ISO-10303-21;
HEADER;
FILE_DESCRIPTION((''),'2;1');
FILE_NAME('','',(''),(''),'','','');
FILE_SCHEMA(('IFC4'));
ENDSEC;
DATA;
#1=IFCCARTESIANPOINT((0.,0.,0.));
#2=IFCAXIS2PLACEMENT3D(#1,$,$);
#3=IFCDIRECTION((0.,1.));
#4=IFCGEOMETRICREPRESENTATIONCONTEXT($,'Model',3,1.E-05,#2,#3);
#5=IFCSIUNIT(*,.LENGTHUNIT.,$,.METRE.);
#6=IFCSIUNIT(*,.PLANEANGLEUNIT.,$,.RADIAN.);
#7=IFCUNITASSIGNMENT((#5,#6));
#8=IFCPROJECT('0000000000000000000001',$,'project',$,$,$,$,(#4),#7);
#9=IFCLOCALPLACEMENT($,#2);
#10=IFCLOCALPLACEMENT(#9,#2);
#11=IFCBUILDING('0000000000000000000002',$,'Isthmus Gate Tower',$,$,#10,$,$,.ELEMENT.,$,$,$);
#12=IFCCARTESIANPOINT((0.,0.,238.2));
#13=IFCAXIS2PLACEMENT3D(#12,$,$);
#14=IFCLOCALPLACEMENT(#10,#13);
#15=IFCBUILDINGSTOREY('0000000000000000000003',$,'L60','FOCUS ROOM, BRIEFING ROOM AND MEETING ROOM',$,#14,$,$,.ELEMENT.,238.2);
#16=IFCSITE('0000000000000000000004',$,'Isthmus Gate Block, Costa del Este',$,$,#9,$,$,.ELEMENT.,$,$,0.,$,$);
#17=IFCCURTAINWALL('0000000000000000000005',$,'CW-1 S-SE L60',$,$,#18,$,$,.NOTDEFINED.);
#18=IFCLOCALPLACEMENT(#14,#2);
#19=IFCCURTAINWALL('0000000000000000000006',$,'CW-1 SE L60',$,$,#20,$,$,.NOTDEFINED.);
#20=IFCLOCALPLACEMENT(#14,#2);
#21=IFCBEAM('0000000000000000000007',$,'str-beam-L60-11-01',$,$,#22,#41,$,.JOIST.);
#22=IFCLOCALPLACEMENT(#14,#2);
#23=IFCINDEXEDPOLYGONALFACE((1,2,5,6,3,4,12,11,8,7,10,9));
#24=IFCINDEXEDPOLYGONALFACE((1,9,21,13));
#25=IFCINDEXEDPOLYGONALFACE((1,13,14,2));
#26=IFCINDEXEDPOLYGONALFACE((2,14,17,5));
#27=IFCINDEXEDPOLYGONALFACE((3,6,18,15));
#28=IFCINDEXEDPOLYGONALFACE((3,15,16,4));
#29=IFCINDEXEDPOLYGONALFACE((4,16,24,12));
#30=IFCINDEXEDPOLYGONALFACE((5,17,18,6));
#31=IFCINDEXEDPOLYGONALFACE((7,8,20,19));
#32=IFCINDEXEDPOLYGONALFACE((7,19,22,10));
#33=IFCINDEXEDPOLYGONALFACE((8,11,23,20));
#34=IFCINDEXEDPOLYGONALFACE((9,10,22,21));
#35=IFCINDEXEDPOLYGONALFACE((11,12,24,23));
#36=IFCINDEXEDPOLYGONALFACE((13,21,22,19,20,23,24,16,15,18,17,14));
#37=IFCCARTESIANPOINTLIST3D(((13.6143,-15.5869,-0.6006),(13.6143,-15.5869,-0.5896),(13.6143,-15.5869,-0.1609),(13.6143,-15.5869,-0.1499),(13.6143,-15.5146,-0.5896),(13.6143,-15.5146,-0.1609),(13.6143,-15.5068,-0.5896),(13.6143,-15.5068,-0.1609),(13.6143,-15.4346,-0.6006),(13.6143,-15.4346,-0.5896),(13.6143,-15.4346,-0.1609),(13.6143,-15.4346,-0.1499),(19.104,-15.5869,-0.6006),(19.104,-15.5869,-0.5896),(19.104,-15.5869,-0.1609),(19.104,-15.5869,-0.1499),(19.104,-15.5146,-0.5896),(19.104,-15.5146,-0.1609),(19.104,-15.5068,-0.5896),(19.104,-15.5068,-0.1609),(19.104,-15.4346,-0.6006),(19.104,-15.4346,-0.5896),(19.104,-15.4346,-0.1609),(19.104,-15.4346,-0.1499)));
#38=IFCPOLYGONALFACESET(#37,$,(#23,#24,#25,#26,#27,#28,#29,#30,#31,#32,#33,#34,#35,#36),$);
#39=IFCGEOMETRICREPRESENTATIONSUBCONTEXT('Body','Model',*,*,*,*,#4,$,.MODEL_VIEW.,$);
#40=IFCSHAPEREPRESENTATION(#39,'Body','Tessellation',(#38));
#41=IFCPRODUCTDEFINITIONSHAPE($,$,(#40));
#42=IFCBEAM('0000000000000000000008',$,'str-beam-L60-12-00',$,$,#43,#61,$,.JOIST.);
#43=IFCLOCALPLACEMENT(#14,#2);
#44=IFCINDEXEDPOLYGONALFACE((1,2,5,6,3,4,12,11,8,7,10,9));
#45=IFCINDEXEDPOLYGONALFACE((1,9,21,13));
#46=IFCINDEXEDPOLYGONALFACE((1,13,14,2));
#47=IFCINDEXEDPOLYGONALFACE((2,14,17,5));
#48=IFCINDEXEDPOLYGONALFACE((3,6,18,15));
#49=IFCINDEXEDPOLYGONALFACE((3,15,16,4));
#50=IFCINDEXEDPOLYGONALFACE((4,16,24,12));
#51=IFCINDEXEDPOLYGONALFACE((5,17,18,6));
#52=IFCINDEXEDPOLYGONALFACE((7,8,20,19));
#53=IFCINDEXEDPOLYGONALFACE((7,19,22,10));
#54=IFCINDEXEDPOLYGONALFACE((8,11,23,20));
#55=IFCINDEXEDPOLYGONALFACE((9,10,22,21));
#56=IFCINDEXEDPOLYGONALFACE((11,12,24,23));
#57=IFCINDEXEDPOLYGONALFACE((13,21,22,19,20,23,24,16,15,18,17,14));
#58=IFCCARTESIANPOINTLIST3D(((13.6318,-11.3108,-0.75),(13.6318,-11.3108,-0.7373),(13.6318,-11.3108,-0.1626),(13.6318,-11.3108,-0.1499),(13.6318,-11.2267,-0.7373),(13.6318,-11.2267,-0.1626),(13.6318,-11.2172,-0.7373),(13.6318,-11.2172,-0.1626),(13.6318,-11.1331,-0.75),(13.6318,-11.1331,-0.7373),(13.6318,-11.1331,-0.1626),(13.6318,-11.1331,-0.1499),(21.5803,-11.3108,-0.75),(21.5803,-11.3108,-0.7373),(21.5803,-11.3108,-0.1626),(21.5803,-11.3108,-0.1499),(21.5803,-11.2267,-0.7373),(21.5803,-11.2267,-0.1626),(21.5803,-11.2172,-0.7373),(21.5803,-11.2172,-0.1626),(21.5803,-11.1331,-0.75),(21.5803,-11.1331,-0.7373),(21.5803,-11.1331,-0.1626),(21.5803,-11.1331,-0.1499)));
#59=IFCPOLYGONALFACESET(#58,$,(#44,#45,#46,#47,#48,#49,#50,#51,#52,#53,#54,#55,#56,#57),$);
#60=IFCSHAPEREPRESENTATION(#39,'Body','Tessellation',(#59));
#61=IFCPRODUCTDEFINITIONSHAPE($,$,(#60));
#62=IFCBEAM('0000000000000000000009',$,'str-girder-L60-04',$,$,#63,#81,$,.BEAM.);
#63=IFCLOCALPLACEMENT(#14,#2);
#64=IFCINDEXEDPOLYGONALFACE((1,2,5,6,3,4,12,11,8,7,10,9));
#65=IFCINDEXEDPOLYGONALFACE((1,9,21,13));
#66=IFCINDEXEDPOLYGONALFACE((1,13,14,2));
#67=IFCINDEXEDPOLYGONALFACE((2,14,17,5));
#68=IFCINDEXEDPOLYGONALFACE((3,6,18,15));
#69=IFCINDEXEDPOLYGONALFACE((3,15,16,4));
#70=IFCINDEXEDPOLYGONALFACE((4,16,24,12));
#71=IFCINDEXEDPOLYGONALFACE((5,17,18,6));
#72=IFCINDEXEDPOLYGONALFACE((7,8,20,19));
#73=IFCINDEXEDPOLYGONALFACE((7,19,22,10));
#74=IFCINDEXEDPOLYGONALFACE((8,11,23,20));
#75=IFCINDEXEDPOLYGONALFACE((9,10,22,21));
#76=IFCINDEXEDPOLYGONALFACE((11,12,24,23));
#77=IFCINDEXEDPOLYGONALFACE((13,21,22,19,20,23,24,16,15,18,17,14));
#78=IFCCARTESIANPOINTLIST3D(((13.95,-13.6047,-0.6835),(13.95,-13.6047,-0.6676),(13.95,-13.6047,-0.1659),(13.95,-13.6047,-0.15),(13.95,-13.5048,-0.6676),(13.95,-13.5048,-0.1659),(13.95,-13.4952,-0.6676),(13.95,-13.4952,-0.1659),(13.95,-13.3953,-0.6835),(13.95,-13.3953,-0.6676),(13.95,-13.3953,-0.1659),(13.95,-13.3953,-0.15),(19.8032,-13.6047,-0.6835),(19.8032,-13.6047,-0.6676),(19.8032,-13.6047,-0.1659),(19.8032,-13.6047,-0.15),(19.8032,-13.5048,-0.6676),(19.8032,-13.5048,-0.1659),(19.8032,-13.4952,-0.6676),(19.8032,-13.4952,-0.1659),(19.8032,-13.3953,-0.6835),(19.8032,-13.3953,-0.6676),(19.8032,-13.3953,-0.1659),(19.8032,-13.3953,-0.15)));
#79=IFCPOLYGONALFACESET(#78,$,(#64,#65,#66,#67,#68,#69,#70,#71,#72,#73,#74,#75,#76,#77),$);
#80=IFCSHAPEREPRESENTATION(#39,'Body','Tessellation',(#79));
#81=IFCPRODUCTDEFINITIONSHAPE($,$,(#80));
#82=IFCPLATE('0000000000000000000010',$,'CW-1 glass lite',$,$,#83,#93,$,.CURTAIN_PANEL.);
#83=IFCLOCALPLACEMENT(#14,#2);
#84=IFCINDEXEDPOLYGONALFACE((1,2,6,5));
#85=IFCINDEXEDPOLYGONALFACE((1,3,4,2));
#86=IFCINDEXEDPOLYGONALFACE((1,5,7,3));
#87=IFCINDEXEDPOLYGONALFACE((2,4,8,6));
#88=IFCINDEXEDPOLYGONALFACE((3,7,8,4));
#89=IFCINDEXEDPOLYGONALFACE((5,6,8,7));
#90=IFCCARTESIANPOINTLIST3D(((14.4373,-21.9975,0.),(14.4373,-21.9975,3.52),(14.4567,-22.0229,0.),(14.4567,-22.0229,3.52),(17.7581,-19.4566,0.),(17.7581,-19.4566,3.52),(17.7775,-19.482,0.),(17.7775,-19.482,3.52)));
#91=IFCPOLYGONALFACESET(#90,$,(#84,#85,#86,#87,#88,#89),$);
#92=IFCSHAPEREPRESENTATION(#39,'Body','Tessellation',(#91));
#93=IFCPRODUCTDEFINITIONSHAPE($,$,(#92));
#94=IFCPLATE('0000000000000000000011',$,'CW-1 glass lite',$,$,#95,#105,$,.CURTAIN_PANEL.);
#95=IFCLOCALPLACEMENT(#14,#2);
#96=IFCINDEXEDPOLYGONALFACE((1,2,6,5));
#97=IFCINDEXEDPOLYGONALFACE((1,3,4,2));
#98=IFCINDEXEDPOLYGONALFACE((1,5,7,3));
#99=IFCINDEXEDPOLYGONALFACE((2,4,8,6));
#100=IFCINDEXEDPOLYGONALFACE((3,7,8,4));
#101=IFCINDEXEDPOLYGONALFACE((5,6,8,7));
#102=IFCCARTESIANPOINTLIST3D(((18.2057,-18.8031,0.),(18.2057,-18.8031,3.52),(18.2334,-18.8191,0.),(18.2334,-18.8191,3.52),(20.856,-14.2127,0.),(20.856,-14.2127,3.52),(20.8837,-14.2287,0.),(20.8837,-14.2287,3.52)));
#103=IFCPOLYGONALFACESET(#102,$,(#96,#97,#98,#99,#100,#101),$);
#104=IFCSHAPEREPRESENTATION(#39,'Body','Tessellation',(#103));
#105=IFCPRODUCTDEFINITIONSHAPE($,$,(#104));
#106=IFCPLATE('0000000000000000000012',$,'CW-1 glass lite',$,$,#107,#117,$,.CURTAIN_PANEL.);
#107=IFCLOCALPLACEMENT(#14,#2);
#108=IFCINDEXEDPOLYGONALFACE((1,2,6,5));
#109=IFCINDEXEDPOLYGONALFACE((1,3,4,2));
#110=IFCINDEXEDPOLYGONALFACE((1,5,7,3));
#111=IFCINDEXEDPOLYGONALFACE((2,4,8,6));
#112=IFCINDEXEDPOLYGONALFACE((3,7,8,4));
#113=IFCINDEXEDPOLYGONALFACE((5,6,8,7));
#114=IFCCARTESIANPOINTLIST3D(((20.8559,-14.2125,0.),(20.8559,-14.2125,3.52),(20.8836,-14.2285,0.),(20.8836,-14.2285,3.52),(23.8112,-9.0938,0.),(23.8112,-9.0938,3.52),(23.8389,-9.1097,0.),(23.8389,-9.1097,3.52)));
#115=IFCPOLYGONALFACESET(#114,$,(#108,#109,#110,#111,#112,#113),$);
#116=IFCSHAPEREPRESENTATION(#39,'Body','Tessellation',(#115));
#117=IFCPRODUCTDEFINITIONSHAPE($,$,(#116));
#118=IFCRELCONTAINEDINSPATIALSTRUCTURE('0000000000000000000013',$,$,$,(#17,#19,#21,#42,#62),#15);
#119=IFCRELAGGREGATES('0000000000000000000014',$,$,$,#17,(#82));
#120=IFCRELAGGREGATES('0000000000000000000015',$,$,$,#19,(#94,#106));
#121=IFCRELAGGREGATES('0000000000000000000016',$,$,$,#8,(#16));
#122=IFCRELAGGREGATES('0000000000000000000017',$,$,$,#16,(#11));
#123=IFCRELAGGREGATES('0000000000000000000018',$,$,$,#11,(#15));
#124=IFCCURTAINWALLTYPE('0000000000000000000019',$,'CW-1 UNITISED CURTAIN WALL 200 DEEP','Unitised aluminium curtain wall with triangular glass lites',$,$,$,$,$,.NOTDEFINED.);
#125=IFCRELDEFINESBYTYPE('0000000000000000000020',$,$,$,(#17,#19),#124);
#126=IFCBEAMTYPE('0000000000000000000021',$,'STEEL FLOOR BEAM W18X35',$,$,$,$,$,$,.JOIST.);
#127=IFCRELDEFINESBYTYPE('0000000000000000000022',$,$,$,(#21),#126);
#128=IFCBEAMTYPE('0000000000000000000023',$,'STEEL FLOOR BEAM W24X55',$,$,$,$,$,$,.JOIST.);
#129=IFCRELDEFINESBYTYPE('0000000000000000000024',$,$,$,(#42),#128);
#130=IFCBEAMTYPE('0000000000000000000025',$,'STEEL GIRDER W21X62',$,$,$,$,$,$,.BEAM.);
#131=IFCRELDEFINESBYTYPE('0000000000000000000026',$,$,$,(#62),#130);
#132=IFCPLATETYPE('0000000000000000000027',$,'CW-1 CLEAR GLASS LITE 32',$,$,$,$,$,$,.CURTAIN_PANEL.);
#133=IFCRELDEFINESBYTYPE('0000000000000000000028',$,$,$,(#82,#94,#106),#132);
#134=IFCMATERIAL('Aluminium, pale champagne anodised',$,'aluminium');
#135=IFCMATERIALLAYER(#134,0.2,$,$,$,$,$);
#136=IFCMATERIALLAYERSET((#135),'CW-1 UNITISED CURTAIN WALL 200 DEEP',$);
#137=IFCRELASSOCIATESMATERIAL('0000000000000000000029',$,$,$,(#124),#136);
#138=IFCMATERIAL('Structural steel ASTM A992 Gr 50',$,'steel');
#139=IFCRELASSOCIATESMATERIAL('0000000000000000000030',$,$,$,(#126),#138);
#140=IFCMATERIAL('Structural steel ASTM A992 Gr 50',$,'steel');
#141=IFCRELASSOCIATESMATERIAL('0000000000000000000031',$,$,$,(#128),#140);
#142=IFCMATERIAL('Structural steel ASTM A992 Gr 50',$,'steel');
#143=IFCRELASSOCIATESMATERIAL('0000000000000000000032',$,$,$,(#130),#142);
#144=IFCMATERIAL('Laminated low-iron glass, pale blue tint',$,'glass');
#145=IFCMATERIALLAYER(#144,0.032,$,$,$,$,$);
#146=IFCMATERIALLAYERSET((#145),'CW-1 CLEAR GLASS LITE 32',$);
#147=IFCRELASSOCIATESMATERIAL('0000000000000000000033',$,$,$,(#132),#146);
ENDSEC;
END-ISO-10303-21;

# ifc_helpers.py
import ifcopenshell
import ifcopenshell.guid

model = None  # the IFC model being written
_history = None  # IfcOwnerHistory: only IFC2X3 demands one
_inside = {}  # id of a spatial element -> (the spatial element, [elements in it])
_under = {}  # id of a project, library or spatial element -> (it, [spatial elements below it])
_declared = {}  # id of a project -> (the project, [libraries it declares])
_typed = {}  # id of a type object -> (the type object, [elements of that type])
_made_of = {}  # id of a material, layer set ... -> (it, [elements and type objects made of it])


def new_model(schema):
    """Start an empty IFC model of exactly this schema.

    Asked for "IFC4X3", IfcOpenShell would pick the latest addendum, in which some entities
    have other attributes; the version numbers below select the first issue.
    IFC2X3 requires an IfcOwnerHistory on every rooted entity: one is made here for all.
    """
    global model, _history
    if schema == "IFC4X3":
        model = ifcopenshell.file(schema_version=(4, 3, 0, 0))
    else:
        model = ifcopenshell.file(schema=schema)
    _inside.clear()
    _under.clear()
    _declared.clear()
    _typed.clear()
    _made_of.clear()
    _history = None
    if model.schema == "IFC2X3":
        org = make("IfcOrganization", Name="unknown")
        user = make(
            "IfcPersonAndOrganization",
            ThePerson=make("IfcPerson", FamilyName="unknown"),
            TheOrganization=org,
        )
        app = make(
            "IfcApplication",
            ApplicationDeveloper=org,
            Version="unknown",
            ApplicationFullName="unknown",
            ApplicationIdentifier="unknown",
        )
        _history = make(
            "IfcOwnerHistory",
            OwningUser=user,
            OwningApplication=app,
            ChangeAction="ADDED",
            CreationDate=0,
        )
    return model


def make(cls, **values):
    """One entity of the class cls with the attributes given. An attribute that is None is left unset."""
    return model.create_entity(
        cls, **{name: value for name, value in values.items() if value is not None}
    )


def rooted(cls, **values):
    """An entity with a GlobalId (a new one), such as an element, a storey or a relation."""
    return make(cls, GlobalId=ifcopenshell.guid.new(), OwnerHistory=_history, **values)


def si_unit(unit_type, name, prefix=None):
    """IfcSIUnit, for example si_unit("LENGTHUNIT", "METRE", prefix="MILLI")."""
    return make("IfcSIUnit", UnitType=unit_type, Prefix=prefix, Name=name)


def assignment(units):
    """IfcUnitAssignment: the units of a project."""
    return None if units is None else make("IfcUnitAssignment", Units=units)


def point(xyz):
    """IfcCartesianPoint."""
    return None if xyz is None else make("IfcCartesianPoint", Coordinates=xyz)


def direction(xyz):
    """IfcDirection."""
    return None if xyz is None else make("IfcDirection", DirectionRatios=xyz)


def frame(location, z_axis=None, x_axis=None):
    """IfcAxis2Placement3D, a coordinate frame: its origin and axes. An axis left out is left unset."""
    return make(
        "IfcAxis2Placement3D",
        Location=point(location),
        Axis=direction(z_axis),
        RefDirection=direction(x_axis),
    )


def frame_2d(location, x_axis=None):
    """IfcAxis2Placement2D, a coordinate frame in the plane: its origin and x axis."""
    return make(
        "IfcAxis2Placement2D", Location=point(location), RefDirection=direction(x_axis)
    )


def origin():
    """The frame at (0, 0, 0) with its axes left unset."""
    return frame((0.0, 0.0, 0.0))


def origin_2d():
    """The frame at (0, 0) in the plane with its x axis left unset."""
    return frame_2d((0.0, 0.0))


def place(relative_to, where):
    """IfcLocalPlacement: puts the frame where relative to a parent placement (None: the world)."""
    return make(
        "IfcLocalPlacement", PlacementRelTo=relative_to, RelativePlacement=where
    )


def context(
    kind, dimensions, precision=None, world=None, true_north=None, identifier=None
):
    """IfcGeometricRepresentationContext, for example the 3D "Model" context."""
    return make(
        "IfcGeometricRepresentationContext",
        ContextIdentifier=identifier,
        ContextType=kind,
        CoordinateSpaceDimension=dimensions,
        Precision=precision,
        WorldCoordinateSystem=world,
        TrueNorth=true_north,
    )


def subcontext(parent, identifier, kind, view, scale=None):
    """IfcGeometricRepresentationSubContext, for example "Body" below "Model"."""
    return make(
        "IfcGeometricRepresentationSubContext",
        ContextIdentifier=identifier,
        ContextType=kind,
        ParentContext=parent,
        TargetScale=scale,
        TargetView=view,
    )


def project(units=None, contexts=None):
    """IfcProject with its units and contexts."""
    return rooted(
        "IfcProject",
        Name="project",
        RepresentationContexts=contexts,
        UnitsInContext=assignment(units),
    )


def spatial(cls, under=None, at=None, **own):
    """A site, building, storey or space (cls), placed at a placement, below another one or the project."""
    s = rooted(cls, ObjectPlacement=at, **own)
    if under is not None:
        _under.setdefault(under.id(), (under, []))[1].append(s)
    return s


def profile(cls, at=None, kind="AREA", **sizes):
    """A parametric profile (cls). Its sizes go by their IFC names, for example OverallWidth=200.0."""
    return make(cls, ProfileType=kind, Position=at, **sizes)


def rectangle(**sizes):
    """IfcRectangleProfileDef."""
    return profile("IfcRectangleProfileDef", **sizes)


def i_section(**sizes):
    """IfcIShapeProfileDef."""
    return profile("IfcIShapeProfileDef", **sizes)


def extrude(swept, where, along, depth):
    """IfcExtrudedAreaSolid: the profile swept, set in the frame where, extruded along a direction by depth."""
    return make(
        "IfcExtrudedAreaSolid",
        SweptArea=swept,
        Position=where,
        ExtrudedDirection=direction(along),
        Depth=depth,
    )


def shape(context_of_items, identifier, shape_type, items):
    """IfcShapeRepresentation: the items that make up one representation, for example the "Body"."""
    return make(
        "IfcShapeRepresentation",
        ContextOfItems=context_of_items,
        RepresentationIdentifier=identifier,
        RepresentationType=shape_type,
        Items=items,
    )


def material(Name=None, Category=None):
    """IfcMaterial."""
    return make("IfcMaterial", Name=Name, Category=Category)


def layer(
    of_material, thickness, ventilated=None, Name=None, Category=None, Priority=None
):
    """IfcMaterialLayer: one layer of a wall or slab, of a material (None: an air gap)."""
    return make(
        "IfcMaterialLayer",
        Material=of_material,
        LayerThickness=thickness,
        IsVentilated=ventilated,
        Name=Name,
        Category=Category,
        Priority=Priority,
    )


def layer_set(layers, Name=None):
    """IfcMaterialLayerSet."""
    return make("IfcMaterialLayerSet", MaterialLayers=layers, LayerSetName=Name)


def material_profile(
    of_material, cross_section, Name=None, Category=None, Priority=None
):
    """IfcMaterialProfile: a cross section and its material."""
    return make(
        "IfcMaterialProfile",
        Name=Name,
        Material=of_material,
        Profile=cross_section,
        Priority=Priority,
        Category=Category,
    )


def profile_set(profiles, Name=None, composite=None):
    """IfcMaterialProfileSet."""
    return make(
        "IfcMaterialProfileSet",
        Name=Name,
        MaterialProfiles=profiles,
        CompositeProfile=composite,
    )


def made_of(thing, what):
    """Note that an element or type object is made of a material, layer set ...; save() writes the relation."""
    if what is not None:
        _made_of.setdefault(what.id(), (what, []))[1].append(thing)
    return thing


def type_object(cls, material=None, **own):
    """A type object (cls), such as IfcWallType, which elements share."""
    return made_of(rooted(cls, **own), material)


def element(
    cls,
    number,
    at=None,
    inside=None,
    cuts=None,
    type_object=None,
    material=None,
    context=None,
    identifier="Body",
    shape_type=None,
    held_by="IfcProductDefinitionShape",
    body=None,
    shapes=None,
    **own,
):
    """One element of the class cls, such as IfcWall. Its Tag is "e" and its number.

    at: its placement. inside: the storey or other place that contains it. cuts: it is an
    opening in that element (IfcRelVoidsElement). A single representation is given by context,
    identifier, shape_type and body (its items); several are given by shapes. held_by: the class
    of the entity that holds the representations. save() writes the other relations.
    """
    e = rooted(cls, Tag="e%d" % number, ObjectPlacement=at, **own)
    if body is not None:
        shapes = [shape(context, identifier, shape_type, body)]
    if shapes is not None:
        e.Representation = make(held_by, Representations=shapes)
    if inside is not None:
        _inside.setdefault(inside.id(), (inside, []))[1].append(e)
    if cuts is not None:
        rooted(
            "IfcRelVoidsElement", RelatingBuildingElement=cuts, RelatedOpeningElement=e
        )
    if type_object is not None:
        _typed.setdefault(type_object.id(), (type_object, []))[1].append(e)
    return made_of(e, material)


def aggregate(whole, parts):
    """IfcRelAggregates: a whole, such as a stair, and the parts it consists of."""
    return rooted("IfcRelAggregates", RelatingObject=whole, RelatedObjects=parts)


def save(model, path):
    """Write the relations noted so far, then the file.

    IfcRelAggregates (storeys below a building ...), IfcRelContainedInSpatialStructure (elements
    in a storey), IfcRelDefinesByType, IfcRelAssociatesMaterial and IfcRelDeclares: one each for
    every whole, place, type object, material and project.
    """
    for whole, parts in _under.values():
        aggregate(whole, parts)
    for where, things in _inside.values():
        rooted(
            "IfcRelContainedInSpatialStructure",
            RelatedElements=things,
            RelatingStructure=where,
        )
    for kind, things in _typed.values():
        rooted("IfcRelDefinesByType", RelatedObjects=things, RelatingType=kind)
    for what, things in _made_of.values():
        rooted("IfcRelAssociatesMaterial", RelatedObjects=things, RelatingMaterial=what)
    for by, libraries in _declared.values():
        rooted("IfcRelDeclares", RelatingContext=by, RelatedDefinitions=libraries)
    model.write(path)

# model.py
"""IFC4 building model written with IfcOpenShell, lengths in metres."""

from ifc_helpers import new_model, si_unit, direction, frame, origin, origin_2d, place, context, subcontext, project, spatial, rectangle, i_section, extrude, material, layer, layer_set, material_profile, profile_set, type_object, element, aggregate, save


model = new_model("IFC4")

# Units and contexts
model_context = context("Model", 3, precision=1e-05, world=origin(), true_north=direction((0.0, 1.0)))
body_context = subcontext(model_context, "Body", "Model", "MODEL_VIEW")
ifc_project = project(units=[si_unit("LENGTHUNIT", "METRE"), si_unit("PLANEANGLEUNIT", "RADIAN")], contexts=[model_context])

# Site, building, storey
site_placement = place(None, origin())
site = spatial("IfcSite", under=ifc_project, at=site_placement, Name="Isthmus Gate Block, Costa del Este", CompositionType="ELEMENT", RefElevation=0.0)
building_placement = place(site_placement, origin())
building = spatial("IfcBuilding", under=site, at=building_placement, Name="Isthmus Gate Tower", CompositionType="ELEMENT")
storey_placement = place(building_placement, frame((0.0, 0.0, 238.2)))
storey = spatial("IfcBuildingStorey", under=building, at=storey_placement, Name="L60", Description="FOCUS ROOM, BRIEFING ROOM AND MEETING ROOM", CompositionType="ELEMENT", Elevation=238.2)

# Curtain wall
ifc_material_1 = material(Name="Aluminium, pale champagne anodised", Category="aluminium")
ifc_layer_1 = layer(ifc_material_1, 0.2)
ifc_layer_set_1 = layer_set([ifc_layer_1], Name="CW-1 UNITISED CURTAIN WALL 200 DEEP")
curtain_wall_type = type_object("IfcCurtainWallType", Name="CW-1 UNITISED CURTAIN WALL 200 DEEP", Description="Unitised aluminium curtain wall with triangular glass lites", PredefinedType="NOTDEFINED", material=ifc_layer_set_1)
curtain_wall_1_placement = place(storey_placement, origin())
curtain_wall_1 = element("IfcCurtainWall", 1, at=curtain_wall_1_placement, inside=storey, type_object=curtain_wall_type, Name="CW-1 S-SE L60", PredefinedType="NOTDEFINED")

# Curtain wall
curtain_wall_2_placement = place(storey_placement, origin())
curtain_wall_2 = element("IfcCurtainWall", 2, at=curtain_wall_2_placement, inside=storey, type_object=curtain_wall_type, Name="CW-1 SE L60", PredefinedType="NOTDEFINED")

# Beams
ifc_material_2 = material(Name="Structural steel ASTM A992 Gr 50", Category="steel")
ifc_material_profile_1 = material_profile(ifc_material_2, i_section(OverallWidth=0.1523, OverallDepth=0.4507, WebThickness=0.0078, FlangeThickness=0.011, at=origin_2d()), Name="W18X35")
ifc_profile_set_1 = profile_set([ifc_material_profile_1], Name="Structural steel ASTM A992 Gr 50")
beam_type_1 = type_object("IfcBeamType", Name="STEEL FLOOR BEAM W18X35", PredefinedType="JOIST", material=ifc_profile_set_1)
beam_1_placement = place(storey_placement, frame((13.6143, -15.5107, -0.3752), z_axis=(1.0, 0.0, 0.0), x_axis=(0.0, 1.0, 0.0)))
element("IfcBeam", 3, at=beam_1_placement, inside=storey, type_object=beam_type_1, Name="str-beam-L60-11-01", PredefinedType="JOIST", context=body_context, shape_type="SweptSolid", body=[
    extrude(i_section(OverallWidth=0.1523, OverallDepth=0.4507, WebThickness=0.0078, FlangeThickness=0.011, at=origin_2d()), origin(), (0.0, 0.0, 1.0), 5.4897),
])
ifc_material_3 = material(Name="Structural steel ASTM A992 Gr 50", Category="steel")
ifc_material_profile_2 = material_profile(ifc_material_3, i_section(OverallWidth=0.1777, OverallDepth=0.6001, WebThickness=0.0095, FlangeThickness=0.0127, at=origin_2d()), Name="W24X55")
ifc_profile_set_2 = profile_set([ifc_material_profile_2], Name="Structural steel ASTM A992 Gr 50")
beam_type_2 = type_object("IfcBeamType", Name="STEEL FLOOR BEAM W24X55", PredefinedType="JOIST", material=ifc_profile_set_2)
beam_2_placement = place(storey_placement, frame((13.6318, -11.2219, -0.45), z_axis=(1.0, 0.0, 0.0), x_axis=(0.0, 1.0, 0.0)))
element("IfcBeam", 4, at=beam_2_placement, inside=storey, type_object=beam_type_2, Name="str-beam-L60-12-00", PredefinedType="JOIST", context=body_context, shape_type="SweptSolid", body=[
    extrude(i_section(OverallWidth=0.1777, OverallDepth=0.6001, WebThickness=0.0095, FlangeThickness=0.0127, at=origin_2d()), origin(), (0.0, 0.0, 1.0), 7.9485),
])
ifc_material_4 = material(Name="Structural steel ASTM A992 Gr 50", Category="steel")
ifc_material_profile_3 = material_profile(ifc_material_4, i_section(OverallWidth=0.2095, OverallDepth=0.5334, WebThickness=0.0095, FlangeThickness=0.0159, at=origin_2d()), Name="W21X62")
ifc_profile_set_3 = profile_set([ifc_material_profile_3], Name="Structural steel ASTM A992 Gr 50")
beam_type_3 = type_object("IfcBeamType", Name="STEEL GIRDER W21X62", PredefinedType="BEAM", material=ifc_profile_set_3)
beam_3_placement = place(storey_placement, frame((13.95, -13.5, -0.4167), z_axis=(1.0, 0.0, 0.0), x_axis=(0.0, 1.0, 0.0)))
element("IfcBeam", 5, at=beam_3_placement, inside=storey, type_object=beam_type_3, Name="str-girder-L60-04", PredefinedType="BEAM", context=body_context, shape_type="SweptSolid", body=[
    extrude(i_section(OverallWidth=0.2095, OverallDepth=0.5334, WebThickness=0.0095, FlangeThickness=0.0159, at=origin_2d()), origin(), (0.0, 0.0, 1.0), 5.8533),
])

# Plates
ifc_material_5 = material(Name="Laminated low-iron glass, pale blue tint", Category="glass")
ifc_layer_2 = layer(ifc_material_5, 0.032)
ifc_layer_set_2 = layer_set([ifc_layer_2], Name="CW-1 CLEAR GLASS LITE 32")
plate_type = type_object("IfcPlateType", Name="CW-1 CLEAR GLASS LITE 32", PredefinedType="CURTAIN_PANEL", material=ifc_layer_set_2)
plate_1_placement = place(storey_placement, frame((16.1074, -20.7397, 0.0), z_axis=(0.0, 0.0, 1.0), x_axis=(0.794189, 0.607671, 0.0)))
plate_1 = element("IfcPlate", 6, at=plate_1_placement, type_object=plate_type, Name="CW-1 glass lite", PredefinedType="CURTAIN_PANEL", context=body_context, shape_type="SweptSolid", body=[
    extrude(rectangle(XDim=4.1814, YDim=0.032, at=origin_2d()), origin(), (0.0, 0.0, 1.0), 3.52),
])
aggregate(curtain_wall_1, [plate_1])
plate_2_placement = place(storey_placement, frame((19.5447, -16.5159, 0.0), z_axis=(0.0, 0.0, 1.0), x_axis=(0.5, 0.866025, 0.0)))
plate_2 = element("IfcPlate", 7, at=plate_2_placement, type_object=plate_type, Name="CW-1 glass lite", PredefinedType="CURTAIN_PANEL", context=body_context, shape_type="SweptSolid", body=[
    extrude(rectangle(XDim=5.3005, YDim=0.032, at=origin_2d()), origin(), (0.0, 0.0, 1.0), 3.52),
])
plate_3_placement = place(storey_placement, frame((22.3474, -11.6611, 0.0), z_axis=(0.0, 0.0, 1.0), x_axis=(0.5, 0.866025, 0.0)))
plate_3 = element("IfcPlate", 8, at=plate_3_placement, type_object=plate_type, Name="CW-1 glass lite", PredefinedType="CURTAIN_PANEL", context=body_context, shape_type="SweptSolid", body=[
    extrude(rectangle(XDim=5.9106, YDim=0.032, at=origin_2d()), origin(), (0.0, 0.0, 1.0), 3.52),
])
aggregate(curtain_wall_2, [plate_2, plate_3])

save(model, "model.ifc")
